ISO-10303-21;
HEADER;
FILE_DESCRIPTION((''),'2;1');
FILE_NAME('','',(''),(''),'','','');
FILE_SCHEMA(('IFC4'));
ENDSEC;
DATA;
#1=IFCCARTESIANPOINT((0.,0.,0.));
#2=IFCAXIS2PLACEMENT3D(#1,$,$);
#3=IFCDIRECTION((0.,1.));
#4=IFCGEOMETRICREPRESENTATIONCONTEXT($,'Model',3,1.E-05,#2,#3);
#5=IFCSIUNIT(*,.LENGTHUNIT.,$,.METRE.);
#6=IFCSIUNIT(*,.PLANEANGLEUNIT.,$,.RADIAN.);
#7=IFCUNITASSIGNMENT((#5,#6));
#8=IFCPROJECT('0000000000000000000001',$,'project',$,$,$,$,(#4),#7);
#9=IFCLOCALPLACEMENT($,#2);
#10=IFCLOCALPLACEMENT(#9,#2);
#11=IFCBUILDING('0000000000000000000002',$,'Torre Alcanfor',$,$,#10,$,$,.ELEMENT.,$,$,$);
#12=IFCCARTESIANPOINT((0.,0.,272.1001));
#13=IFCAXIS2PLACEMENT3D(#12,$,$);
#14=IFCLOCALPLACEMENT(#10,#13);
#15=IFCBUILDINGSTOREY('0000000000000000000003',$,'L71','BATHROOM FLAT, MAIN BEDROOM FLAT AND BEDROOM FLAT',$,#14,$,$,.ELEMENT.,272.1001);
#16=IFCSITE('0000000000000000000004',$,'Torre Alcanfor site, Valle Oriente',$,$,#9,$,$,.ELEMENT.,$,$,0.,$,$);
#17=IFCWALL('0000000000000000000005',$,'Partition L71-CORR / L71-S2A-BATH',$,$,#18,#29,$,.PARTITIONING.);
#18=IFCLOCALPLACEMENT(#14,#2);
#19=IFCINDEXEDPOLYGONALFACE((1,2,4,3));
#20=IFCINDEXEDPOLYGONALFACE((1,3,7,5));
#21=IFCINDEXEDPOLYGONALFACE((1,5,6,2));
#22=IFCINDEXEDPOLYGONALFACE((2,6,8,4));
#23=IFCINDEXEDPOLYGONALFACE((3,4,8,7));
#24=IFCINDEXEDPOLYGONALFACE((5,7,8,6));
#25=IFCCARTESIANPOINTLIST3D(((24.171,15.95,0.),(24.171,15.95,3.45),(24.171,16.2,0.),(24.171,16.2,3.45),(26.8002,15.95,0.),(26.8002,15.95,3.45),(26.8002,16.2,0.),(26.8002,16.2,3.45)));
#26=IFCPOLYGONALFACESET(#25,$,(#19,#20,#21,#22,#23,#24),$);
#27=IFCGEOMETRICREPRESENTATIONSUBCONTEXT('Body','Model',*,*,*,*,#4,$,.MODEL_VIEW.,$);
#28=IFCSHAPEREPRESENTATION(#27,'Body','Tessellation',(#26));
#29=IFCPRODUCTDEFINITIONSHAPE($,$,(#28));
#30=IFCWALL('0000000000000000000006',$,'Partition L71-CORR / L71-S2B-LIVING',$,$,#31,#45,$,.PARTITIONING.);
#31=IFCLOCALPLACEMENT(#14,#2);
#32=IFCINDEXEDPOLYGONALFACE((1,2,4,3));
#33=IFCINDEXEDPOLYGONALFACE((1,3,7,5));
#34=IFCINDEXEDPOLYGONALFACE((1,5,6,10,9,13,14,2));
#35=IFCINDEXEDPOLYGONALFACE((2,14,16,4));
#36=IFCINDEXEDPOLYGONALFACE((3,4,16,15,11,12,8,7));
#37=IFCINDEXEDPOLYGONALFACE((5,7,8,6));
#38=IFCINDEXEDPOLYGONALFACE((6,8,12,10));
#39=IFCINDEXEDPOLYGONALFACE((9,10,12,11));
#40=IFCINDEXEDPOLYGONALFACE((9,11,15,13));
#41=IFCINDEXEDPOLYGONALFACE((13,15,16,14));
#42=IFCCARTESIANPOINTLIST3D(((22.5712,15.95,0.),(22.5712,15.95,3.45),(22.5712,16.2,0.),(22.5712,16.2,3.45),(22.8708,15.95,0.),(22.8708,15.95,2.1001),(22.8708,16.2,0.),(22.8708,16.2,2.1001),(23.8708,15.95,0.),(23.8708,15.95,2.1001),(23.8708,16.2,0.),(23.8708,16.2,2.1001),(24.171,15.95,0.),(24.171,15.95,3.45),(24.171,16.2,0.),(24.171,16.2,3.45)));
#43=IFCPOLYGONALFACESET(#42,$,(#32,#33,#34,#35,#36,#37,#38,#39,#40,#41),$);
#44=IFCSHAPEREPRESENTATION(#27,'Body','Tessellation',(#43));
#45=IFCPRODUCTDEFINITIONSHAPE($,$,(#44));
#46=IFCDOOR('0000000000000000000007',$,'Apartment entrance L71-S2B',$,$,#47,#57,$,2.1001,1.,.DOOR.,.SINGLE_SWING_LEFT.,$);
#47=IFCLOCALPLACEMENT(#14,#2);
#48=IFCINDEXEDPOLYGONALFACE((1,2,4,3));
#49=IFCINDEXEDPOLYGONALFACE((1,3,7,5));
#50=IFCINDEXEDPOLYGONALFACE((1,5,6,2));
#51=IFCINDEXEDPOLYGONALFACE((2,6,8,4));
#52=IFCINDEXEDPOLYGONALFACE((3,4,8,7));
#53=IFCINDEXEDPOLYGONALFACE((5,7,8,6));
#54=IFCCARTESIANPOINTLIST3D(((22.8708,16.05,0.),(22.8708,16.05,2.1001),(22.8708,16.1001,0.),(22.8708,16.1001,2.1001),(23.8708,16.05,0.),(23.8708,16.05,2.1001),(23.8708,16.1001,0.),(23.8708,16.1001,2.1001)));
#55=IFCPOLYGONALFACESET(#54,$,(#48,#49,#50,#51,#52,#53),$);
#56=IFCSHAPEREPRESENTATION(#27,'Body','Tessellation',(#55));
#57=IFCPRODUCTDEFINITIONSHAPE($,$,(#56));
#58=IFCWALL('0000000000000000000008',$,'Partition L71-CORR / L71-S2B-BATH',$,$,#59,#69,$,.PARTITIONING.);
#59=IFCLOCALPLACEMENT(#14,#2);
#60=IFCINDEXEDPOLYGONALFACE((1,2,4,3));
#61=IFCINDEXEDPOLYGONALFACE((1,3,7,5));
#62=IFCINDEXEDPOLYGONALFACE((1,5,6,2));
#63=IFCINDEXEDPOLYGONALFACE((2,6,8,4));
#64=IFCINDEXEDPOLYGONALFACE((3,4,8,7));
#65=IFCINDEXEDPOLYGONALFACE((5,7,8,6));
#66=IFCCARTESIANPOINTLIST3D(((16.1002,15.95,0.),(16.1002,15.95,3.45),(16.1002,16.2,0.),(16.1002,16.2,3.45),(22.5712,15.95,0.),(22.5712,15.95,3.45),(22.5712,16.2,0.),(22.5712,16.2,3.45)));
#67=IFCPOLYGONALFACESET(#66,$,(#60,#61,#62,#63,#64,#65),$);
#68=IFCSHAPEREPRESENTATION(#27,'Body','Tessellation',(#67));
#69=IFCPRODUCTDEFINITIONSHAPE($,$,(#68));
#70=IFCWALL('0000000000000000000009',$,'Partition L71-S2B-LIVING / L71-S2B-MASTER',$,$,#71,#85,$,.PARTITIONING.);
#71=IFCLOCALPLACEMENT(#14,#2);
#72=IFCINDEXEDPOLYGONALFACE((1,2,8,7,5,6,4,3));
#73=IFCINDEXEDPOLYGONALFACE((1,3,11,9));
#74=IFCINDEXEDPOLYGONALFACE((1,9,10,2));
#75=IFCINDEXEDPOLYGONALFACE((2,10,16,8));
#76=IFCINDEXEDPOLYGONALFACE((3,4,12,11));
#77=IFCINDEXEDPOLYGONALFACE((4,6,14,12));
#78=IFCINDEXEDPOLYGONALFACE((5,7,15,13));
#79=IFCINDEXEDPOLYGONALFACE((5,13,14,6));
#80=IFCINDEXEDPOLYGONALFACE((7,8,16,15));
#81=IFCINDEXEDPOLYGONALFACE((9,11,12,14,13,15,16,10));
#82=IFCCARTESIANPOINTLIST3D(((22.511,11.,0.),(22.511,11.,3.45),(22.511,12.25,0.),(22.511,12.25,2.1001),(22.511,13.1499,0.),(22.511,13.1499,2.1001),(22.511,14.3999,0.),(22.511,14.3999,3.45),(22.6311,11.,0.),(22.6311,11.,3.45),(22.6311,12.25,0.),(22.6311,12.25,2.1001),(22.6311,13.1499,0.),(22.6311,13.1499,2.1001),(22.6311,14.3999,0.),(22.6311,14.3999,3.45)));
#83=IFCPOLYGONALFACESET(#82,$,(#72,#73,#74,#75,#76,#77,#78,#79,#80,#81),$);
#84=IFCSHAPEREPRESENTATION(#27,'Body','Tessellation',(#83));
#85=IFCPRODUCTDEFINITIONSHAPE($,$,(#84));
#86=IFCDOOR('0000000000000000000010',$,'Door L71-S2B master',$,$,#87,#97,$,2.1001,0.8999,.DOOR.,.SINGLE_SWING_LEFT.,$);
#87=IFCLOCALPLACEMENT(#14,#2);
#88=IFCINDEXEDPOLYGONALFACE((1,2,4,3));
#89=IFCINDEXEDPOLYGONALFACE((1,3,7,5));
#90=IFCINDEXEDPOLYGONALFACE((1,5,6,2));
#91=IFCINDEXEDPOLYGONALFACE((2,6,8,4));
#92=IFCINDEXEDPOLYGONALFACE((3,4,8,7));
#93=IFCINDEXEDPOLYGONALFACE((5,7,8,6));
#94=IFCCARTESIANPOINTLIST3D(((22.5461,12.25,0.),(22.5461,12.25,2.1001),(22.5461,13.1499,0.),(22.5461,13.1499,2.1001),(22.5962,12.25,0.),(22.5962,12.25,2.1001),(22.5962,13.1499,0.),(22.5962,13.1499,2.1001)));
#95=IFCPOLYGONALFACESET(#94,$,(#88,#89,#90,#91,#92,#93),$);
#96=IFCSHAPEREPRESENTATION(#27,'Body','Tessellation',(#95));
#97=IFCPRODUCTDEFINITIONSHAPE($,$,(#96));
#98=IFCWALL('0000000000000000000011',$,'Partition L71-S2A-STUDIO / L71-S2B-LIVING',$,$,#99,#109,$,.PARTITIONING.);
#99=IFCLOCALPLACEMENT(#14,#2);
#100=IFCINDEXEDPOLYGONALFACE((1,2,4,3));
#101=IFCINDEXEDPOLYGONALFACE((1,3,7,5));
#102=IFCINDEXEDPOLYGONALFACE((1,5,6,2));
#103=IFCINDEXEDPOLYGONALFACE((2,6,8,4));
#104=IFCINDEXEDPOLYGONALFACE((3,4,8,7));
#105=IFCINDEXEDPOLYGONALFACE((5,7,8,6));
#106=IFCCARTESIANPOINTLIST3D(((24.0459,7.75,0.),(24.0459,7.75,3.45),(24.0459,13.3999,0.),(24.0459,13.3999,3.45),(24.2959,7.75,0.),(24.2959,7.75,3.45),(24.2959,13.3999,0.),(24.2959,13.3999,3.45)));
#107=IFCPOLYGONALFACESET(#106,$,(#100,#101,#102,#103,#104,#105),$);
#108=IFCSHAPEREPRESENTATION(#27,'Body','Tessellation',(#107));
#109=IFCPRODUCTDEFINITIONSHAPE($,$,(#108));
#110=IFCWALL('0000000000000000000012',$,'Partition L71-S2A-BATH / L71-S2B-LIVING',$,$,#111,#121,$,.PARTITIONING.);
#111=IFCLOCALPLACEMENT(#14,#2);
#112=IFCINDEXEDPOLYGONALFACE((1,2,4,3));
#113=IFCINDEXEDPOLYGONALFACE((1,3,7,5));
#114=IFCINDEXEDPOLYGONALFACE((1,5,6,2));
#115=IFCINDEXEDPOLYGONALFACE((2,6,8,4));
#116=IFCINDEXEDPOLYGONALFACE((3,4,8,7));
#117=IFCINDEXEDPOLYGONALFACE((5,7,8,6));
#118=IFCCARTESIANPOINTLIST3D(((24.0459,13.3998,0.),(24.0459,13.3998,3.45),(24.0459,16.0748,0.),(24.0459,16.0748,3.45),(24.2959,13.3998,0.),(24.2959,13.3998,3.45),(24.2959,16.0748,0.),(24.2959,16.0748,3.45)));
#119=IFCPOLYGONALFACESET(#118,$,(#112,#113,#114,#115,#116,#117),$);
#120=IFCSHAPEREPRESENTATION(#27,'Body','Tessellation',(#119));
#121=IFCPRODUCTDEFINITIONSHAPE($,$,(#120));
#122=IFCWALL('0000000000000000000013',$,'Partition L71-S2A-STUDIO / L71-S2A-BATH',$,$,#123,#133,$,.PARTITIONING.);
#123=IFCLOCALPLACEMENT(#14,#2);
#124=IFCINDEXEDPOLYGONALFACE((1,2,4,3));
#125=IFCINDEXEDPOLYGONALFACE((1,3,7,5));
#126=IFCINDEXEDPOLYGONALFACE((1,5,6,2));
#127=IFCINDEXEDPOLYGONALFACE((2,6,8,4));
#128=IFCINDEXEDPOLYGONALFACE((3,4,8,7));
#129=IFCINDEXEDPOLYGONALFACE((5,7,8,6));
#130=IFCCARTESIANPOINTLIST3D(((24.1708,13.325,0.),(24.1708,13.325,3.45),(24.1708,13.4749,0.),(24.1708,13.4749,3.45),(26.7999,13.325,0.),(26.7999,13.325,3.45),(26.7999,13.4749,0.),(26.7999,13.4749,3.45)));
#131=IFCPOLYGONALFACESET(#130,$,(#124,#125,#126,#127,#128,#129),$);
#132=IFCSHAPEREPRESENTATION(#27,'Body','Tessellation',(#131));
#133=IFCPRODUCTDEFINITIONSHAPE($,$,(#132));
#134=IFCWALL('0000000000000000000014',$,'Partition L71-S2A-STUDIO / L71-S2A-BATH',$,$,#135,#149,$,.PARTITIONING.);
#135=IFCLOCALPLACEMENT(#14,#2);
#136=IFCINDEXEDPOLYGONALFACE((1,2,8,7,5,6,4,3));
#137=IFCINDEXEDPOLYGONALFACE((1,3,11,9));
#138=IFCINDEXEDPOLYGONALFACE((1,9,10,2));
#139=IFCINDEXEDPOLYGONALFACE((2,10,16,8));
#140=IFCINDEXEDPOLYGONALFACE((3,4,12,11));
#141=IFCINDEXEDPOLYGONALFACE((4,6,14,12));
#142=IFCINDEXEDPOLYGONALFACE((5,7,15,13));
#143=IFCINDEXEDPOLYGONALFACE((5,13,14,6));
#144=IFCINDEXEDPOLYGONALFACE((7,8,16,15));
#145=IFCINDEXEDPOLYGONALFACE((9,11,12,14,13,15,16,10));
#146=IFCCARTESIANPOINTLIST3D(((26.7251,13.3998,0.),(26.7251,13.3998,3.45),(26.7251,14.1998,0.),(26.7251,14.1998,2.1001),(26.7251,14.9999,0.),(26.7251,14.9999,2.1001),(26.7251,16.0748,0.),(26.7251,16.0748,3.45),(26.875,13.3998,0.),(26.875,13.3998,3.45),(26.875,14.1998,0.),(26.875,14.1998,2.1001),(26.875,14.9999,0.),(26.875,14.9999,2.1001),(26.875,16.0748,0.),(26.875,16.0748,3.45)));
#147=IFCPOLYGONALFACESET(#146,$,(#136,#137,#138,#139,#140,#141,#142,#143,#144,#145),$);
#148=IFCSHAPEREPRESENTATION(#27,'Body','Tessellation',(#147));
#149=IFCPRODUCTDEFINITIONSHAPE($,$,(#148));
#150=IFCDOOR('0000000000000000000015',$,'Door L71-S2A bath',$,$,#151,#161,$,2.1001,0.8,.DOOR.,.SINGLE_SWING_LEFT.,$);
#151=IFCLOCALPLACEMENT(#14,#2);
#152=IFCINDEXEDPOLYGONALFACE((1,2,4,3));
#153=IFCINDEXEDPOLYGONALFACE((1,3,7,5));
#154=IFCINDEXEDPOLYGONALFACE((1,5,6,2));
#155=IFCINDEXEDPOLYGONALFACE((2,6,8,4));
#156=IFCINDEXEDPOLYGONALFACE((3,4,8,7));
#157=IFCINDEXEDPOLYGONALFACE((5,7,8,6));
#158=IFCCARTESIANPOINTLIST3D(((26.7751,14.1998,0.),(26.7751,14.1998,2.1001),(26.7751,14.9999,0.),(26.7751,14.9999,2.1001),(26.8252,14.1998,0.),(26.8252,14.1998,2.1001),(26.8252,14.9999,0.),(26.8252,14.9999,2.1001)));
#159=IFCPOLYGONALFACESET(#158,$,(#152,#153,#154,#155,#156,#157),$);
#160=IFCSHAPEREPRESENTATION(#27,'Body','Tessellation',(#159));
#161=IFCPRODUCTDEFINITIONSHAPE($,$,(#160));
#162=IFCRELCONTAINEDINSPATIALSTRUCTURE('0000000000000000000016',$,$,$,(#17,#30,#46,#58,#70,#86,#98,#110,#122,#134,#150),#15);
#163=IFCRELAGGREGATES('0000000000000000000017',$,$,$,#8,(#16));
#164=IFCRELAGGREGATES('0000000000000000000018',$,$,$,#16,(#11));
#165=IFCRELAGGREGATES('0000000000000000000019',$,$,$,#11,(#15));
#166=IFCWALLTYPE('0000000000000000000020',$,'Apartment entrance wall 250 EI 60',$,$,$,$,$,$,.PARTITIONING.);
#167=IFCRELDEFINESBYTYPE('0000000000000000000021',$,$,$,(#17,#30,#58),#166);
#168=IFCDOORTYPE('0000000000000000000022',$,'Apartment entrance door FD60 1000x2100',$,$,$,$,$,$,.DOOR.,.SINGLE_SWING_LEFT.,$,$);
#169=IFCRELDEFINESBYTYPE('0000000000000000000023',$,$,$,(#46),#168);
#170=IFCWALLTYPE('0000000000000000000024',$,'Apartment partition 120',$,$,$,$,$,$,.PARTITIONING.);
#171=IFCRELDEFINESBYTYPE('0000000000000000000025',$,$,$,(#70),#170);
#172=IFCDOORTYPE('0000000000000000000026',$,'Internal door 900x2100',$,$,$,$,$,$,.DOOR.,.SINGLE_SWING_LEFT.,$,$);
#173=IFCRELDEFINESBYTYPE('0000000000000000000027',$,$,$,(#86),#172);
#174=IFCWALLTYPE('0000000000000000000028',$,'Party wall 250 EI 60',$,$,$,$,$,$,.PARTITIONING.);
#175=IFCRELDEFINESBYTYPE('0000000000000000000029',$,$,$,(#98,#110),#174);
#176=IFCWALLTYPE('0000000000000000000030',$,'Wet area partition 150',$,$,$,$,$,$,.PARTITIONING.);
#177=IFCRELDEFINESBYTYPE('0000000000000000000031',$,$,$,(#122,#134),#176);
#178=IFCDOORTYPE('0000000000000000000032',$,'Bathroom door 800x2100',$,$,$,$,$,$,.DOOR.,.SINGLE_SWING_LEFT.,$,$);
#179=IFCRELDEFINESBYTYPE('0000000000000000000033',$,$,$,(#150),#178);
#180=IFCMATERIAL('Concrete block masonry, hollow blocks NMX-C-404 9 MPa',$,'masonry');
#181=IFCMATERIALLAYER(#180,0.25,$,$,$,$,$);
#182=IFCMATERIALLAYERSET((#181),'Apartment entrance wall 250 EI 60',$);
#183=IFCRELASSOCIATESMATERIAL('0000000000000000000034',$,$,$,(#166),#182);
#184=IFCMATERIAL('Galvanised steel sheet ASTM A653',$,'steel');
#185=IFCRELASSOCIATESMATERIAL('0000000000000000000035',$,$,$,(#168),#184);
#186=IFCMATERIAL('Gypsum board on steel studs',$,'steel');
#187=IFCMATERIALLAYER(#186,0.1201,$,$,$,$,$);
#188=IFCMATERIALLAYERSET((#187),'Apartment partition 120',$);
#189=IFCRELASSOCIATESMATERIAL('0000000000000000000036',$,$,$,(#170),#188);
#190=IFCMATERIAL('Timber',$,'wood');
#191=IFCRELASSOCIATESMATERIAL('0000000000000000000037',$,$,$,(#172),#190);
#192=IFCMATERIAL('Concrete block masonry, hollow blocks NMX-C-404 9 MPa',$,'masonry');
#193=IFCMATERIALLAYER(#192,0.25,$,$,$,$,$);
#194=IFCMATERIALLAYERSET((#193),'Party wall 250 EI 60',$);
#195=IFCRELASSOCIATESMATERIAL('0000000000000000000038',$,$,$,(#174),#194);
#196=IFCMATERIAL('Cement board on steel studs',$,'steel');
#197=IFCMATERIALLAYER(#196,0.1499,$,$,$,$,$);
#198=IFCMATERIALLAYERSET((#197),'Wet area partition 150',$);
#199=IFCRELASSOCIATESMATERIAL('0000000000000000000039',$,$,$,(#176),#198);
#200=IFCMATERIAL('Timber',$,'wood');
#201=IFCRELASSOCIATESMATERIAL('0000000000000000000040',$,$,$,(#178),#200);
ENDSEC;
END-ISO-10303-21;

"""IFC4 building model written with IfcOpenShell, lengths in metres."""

from ifc_helpers import new_model, si_unit, direction, frame, frame_2d, origin, place, context, subcontext, project, spatial, rectangle, extrude, material, layer, layer_set, type_object, element, fill, save


model = new_model("IFC4")

# Units and contexts
model_context = context("Model", 3, precision=1e-05, world=origin(), true_north=direction((0.0, 1.0)))
body_context = subcontext(model_context, "Body", "Model", "MODEL_VIEW")
ifc_project = project(units=[si_unit("LENGTHUNIT", "METRE"), si_unit("PLANEANGLEUNIT", "RADIAN")], contexts=[model_context])

# Site, building, storey
site_placement = place(None, origin())
site = spatial("IfcSite", under=ifc_project, at=site_placement, Name="Torre Alcanfor site, Valle Oriente", CompositionType="ELEMENT", RefElevation=0.0)
building_placement = place(site_placement, origin())
building = spatial("IfcBuilding", under=site, at=building_placement, Name="Torre Alcanfor", CompositionType="ELEMENT")
storey_placement = place(building_placement, frame((0.0, 0.0, 272.1001)))
storey = spatial("IfcBuildingStorey", under=building, at=storey_placement, Name="L71", Description="BATHROOM FLAT, MAIN BEDROOM FLAT AND BEDROOM FLAT", CompositionType="ELEMENT", Elevation=272.1001)

# Wall
ifc_material_1 = material(Name="Concrete block masonry, hollow blocks NMX-C-404 9 MPa", Category="masonry")
ifc_layer_1 = layer(ifc_material_1, 0.25)
ifc_layer_set_1 = layer_set([ifc_layer_1], Name="Apartment entrance wall 250 EI 60")
wall_type_1 = type_object("IfcWallType", Name="Apartment entrance wall 250 EI 60", PredefinedType="PARTITIONING", material=ifc_layer_set_1)
wall_1_placement = place(storey_placement, frame((26.8, 16.075, 0.0), z_axis=(0.0, 0.0, 1.0), x_axis=(-1.0, 0.0, 0.0)))
element("IfcWall", 1, at=wall_1_placement, inside=storey, type_object=wall_type_1, Name="Partition L71-CORR / L71-S2A-BATH", PredefinedType="PARTITIONING", context=body_context, shape_type="SweptSolid", body=[
    extrude(rectangle(XDim=2.6292, YDim=0.25, at=frame_2d((1.3145, 0.0))), origin(), (0.0, 0.0, 1.0), 3.45),
])

# Wall, opening, door
wall_2_placement = place(storey_placement, frame((24.1709, 16.075, 0.0), z_axis=(0.0, 0.0, 1.0), x_axis=(-1.0, 0.0, 0.0)))
wall_2 = element("IfcWall", 2, at=wall_2_placement, inside=storey, type_object=wall_type_1, Name="Partition L71-CORR / L71-S2B-LIVING", PredefinedType="PARTITIONING", context=body_context, shape_type="SweptSolid", body=[
    extrude(rectangle(XDim=1.5999, YDim=0.25, at=frame_2d((0.7998, 0.0))), origin(), (0.0, 0.0, 1.0), 3.45),
])
opening_1_placement = place(wall_2_placement, frame((0.3, 0.0, 0.0)))
opening_1 = element("IfcOpeningElement", 3, at=opening_1_placement, cuts=wall_2, PredefinedType="OPENING", context=body_context, shape_type="SweptSolid", body=[
    extrude(rectangle(XDim=1.0, YDim=2.1001, at=frame_2d((0.5, 1.05))), frame((0.0, 0.135, 0.0), z_axis=(0.0, -1.0, 0.0), x_axis=(1.0, 0.0, 0.0)), (0.0, 0.0, 1.0), 0.27),
])
ifc_material_2 = material(Name="Galvanised steel sheet ASTM A653", Category="steel")
door_type_1 = type_object("IfcDoorType", Name="Apartment entrance door FD60 1000x2100", OperationType="SINGLE_SWING_LEFT", PredefinedType="DOOR", material=ifc_material_2)
door_1_placement = place(opening_1_placement, origin())
door_1 = element("IfcDoor", 4, at=door_1_placement, inside=storey, type_object=door_type_1, Name="Apartment entrance L71-S2B", OperationType="SINGLE_SWING_LEFT", OverallHeight=2.1001, OverallWidth=1.0, PredefinedType="DOOR", context=body_context, shape_type="SweptSolid", body=[
    extrude(rectangle(XDim=1.0, YDim=2.1001, at=frame_2d((0.5, 1.05))), frame((0.0, 0.0249, 0.0), z_axis=(0.0, -1.0, 0.0), x_axis=(1.0, 0.0, 0.0)), (0.0, 0.0, 1.0), 0.05),
])
fill(opening_1, door_1)

# Wall
wall_3_placement = place(storey_placement, frame((22.571, 16.075, 0.0), z_axis=(0.0, 0.0, 1.0), x_axis=(-1.0, 0.0, 0.0)))
element("IfcWall", 5, at=wall_3_placement, inside=storey, type_object=wall_type_1, Name="Partition L71-CORR / L71-S2B-BATH", PredefinedType="PARTITIONING", context=body_context, shape_type="SweptSolid", body=[
    extrude(rectangle(XDim=6.4709, YDim=0.25, at=frame_2d((3.2354, 0.0))), origin(), (0.0, 0.0, 1.0), 3.45),
])

# Wall, opening, door
ifc_material_3 = material(Name="Gypsum board on steel studs", Category="steel")
ifc_layer_2 = layer(ifc_material_3, 0.1201)
ifc_layer_set_2 = layer_set([ifc_layer_2], Name="Apartment partition 120")
wall_type_2 = type_object("IfcWallType", Name="Apartment partition 120", PredefinedType="PARTITIONING", material=ifc_layer_set_2)
wall_4_placement = place(storey_placement, frame((22.571, 11.0, 0.0), z_axis=(0.0, 0.0, 1.0), x_axis=(0.0, 1.0, 0.0)))
wall_4 = element("IfcWall", 6, at=wall_4_placement, inside=storey, type_object=wall_type_2, Name="Partition L71-S2B-LIVING / L71-S2B-MASTER", PredefinedType="PARTITIONING", context=body_context, shape_type="SweptSolid", body=[
    extrude(rectangle(XDim=3.3999, YDim=0.1201, at=frame_2d((1.7, 0.0))), origin(), (0.0, 0.0, 1.0), 3.45),
])
opening_2_placement = place(wall_4_placement, frame((1.25, 0.0, 0.0)))
opening_2 = element("IfcOpeningElement", 7, at=opening_2_placement, cuts=wall_4, PredefinedType="OPENING", context=body_context, shape_type="SweptSolid", body=[
    extrude(rectangle(XDim=0.8999, YDim=2.1001, at=frame_2d((0.45, 1.05))), frame((0.0, 0.0701, 0.0), z_axis=(0.0, -1.0, 0.0), x_axis=(1.0, 0.0, 0.0)), (0.0, 0.0, 1.0), 0.1401),
])
ifc_material_4 = material(Name="Timber", Category="wood")
door_type_2 = type_object("IfcDoorType", Name="Internal door 900x2100", OperationType="SINGLE_SWING_LEFT", PredefinedType="DOOR", material=ifc_material_4)
door_2_placement = place(opening_2_placement, origin())
door_2 = element("IfcDoor", 8, at=door_2_placement, inside=storey, type_object=door_type_2, Name="Door L71-S2B master", OperationType="SINGLE_SWING_LEFT", OverallHeight=2.1001, OverallWidth=0.8999, PredefinedType="DOOR", context=body_context, shape_type="SweptSolid", body=[
    extrude(rectangle(XDim=0.8999, YDim=2.1001, at=frame_2d((0.45, 1.05))), frame((0.0, 0.0249, 0.0), z_axis=(0.0, -1.0, 0.0), x_axis=(1.0, 0.0, 0.0)), (0.0, 0.0, 1.0), 0.05),
])
fill(opening_2, door_2)

# Walls
ifc_material_5 = material(Name="Concrete block masonry, hollow blocks NMX-C-404 9 MPa", Category="masonry")
ifc_layer_3 = layer(ifc_material_5, 0.25)
ifc_layer_set_3 = layer_set([ifc_layer_3], Name="Party wall 250 EI 60")
wall_type_3 = type_object("IfcWallType", Name="Party wall 250 EI 60", PredefinedType="PARTITIONING", material=ifc_layer_set_3)
wall_5_placement = place(storey_placement, frame((24.1709, 7.75, 0.0), z_axis=(0.0, 0.0, 1.0), x_axis=(0.0, 1.0, 0.0)))
element("IfcWall", 9, at=wall_5_placement, inside=storey, type_object=wall_type_3, Name="Partition L71-S2A-STUDIO / L71-S2B-LIVING", PredefinedType="PARTITIONING", context=body_context, shape_type="SweptSolid", body=[
    extrude(rectangle(XDim=5.6499, YDim=0.25, at=frame_2d((2.825, 0.0))), origin(), (0.0, 0.0, 1.0), 3.45),
])
wall_6_placement = place(storey_placement, frame((24.1709, 13.3999, 0.0), z_axis=(0.0, 0.0, 1.0), x_axis=(0.0, 1.0, 0.0)))
element("IfcWall", 10, at=wall_6_placement, inside=storey, type_object=wall_type_3, Name="Partition L71-S2A-BATH / L71-S2B-LIVING", PredefinedType="PARTITIONING", context=body_context, shape_type="SweptSolid", body=[
    extrude(rectangle(XDim=2.675, YDim=0.25, at=frame_2d((1.3374, 0.0))), origin(), (0.0, 0.0, 1.0), 3.45),
])
ifc_material_6 = material(Name="Cement board on steel studs", Category="steel")
ifc_layer_4 = layer(ifc_material_6, 0.1499)
ifc_layer_set_4 = layer_set([ifc_layer_4], Name="Wet area partition 150")
wall_type_4 = type_object("IfcWallType", Name="Wet area partition 150", PredefinedType="PARTITIONING", material=ifc_layer_set_4)
wall_7_placement = place(storey_placement, frame((24.1709, 13.3999, 0.0), z_axis=(0.0, 0.0, 1.0), x_axis=(1.0, 0.0, 0.0)))
element("IfcWall", 11, at=wall_7_placement, inside=storey, type_object=wall_type_4, Name="Partition L71-S2A-STUDIO / L71-S2A-BATH", PredefinedType="PARTITIONING", context=body_context, shape_type="SweptSolid", body=[
    extrude(rectangle(XDim=2.6292, YDim=0.1499, at=frame_2d((1.3145, 0.0))), origin(), (0.0, 0.0, 1.0), 3.45),
])

# Wall, opening, door
wall_8_placement = place(storey_placement, frame((26.8, 13.3999, 0.0), z_axis=(0.0, 0.0, 1.0), x_axis=(0.0, 1.0, 0.0)))
wall_8 = element("IfcWall", 12, at=wall_8_placement, inside=storey, type_object=wall_type_4, Name="Partition L71-S2A-STUDIO / L71-S2A-BATH", PredefinedType="PARTITIONING", context=body_context, shape_type="SweptSolid", body=[
    extrude(rectangle(XDim=2.675, YDim=0.1499, at=frame_2d((1.3374, 0.0))), origin(), (0.0, 0.0, 1.0), 3.45),
])
opening_3_placement = place(wall_8_placement, frame((0.8, 0.0, 0.0)))
opening_3 = element("IfcOpeningElement", 13, at=opening_3_placement, cuts=wall_8, PredefinedType="OPENING", context=body_context, shape_type="SweptSolid", body=[
    extrude(rectangle(XDim=0.8, YDim=2.1001, at=frame_2d((0.3999, 1.05))), frame((0.0, 0.085, 0.0), z_axis=(0.0, -1.0, 0.0), x_axis=(1.0, 0.0, 0.0)), (0.0, 0.0, 1.0), 0.1699),
])
ifc_material_7 = material(Name="Timber", Category="wood")
door_type_3 = type_object("IfcDoorType", Name="Bathroom door 800x2100", OperationType="SINGLE_SWING_LEFT", PredefinedType="DOOR", material=ifc_material_7)
door_3_placement = place(opening_3_placement, origin())
door_3 = element("IfcDoor", 14, at=door_3_placement, inside=storey, type_object=door_type_3, Name="Door L71-S2A bath", OperationType="SINGLE_SWING_LEFT", OverallHeight=2.1001, OverallWidth=0.8, PredefinedType="DOOR", context=body_context, shape_type="SweptSolid", body=[
    extrude(rectangle(XDim=0.8, YDim=2.1001, at=frame_2d((0.3999, 1.05))), frame((0.0, 0.0249, 0.0), z_axis=(0.0, -1.0, 0.0), x_axis=(1.0, 0.0, 0.0)), (0.0, 0.0, 1.0), 0.05),
])
fill(opening_3, door_3)

save(model, "model.ifc")
